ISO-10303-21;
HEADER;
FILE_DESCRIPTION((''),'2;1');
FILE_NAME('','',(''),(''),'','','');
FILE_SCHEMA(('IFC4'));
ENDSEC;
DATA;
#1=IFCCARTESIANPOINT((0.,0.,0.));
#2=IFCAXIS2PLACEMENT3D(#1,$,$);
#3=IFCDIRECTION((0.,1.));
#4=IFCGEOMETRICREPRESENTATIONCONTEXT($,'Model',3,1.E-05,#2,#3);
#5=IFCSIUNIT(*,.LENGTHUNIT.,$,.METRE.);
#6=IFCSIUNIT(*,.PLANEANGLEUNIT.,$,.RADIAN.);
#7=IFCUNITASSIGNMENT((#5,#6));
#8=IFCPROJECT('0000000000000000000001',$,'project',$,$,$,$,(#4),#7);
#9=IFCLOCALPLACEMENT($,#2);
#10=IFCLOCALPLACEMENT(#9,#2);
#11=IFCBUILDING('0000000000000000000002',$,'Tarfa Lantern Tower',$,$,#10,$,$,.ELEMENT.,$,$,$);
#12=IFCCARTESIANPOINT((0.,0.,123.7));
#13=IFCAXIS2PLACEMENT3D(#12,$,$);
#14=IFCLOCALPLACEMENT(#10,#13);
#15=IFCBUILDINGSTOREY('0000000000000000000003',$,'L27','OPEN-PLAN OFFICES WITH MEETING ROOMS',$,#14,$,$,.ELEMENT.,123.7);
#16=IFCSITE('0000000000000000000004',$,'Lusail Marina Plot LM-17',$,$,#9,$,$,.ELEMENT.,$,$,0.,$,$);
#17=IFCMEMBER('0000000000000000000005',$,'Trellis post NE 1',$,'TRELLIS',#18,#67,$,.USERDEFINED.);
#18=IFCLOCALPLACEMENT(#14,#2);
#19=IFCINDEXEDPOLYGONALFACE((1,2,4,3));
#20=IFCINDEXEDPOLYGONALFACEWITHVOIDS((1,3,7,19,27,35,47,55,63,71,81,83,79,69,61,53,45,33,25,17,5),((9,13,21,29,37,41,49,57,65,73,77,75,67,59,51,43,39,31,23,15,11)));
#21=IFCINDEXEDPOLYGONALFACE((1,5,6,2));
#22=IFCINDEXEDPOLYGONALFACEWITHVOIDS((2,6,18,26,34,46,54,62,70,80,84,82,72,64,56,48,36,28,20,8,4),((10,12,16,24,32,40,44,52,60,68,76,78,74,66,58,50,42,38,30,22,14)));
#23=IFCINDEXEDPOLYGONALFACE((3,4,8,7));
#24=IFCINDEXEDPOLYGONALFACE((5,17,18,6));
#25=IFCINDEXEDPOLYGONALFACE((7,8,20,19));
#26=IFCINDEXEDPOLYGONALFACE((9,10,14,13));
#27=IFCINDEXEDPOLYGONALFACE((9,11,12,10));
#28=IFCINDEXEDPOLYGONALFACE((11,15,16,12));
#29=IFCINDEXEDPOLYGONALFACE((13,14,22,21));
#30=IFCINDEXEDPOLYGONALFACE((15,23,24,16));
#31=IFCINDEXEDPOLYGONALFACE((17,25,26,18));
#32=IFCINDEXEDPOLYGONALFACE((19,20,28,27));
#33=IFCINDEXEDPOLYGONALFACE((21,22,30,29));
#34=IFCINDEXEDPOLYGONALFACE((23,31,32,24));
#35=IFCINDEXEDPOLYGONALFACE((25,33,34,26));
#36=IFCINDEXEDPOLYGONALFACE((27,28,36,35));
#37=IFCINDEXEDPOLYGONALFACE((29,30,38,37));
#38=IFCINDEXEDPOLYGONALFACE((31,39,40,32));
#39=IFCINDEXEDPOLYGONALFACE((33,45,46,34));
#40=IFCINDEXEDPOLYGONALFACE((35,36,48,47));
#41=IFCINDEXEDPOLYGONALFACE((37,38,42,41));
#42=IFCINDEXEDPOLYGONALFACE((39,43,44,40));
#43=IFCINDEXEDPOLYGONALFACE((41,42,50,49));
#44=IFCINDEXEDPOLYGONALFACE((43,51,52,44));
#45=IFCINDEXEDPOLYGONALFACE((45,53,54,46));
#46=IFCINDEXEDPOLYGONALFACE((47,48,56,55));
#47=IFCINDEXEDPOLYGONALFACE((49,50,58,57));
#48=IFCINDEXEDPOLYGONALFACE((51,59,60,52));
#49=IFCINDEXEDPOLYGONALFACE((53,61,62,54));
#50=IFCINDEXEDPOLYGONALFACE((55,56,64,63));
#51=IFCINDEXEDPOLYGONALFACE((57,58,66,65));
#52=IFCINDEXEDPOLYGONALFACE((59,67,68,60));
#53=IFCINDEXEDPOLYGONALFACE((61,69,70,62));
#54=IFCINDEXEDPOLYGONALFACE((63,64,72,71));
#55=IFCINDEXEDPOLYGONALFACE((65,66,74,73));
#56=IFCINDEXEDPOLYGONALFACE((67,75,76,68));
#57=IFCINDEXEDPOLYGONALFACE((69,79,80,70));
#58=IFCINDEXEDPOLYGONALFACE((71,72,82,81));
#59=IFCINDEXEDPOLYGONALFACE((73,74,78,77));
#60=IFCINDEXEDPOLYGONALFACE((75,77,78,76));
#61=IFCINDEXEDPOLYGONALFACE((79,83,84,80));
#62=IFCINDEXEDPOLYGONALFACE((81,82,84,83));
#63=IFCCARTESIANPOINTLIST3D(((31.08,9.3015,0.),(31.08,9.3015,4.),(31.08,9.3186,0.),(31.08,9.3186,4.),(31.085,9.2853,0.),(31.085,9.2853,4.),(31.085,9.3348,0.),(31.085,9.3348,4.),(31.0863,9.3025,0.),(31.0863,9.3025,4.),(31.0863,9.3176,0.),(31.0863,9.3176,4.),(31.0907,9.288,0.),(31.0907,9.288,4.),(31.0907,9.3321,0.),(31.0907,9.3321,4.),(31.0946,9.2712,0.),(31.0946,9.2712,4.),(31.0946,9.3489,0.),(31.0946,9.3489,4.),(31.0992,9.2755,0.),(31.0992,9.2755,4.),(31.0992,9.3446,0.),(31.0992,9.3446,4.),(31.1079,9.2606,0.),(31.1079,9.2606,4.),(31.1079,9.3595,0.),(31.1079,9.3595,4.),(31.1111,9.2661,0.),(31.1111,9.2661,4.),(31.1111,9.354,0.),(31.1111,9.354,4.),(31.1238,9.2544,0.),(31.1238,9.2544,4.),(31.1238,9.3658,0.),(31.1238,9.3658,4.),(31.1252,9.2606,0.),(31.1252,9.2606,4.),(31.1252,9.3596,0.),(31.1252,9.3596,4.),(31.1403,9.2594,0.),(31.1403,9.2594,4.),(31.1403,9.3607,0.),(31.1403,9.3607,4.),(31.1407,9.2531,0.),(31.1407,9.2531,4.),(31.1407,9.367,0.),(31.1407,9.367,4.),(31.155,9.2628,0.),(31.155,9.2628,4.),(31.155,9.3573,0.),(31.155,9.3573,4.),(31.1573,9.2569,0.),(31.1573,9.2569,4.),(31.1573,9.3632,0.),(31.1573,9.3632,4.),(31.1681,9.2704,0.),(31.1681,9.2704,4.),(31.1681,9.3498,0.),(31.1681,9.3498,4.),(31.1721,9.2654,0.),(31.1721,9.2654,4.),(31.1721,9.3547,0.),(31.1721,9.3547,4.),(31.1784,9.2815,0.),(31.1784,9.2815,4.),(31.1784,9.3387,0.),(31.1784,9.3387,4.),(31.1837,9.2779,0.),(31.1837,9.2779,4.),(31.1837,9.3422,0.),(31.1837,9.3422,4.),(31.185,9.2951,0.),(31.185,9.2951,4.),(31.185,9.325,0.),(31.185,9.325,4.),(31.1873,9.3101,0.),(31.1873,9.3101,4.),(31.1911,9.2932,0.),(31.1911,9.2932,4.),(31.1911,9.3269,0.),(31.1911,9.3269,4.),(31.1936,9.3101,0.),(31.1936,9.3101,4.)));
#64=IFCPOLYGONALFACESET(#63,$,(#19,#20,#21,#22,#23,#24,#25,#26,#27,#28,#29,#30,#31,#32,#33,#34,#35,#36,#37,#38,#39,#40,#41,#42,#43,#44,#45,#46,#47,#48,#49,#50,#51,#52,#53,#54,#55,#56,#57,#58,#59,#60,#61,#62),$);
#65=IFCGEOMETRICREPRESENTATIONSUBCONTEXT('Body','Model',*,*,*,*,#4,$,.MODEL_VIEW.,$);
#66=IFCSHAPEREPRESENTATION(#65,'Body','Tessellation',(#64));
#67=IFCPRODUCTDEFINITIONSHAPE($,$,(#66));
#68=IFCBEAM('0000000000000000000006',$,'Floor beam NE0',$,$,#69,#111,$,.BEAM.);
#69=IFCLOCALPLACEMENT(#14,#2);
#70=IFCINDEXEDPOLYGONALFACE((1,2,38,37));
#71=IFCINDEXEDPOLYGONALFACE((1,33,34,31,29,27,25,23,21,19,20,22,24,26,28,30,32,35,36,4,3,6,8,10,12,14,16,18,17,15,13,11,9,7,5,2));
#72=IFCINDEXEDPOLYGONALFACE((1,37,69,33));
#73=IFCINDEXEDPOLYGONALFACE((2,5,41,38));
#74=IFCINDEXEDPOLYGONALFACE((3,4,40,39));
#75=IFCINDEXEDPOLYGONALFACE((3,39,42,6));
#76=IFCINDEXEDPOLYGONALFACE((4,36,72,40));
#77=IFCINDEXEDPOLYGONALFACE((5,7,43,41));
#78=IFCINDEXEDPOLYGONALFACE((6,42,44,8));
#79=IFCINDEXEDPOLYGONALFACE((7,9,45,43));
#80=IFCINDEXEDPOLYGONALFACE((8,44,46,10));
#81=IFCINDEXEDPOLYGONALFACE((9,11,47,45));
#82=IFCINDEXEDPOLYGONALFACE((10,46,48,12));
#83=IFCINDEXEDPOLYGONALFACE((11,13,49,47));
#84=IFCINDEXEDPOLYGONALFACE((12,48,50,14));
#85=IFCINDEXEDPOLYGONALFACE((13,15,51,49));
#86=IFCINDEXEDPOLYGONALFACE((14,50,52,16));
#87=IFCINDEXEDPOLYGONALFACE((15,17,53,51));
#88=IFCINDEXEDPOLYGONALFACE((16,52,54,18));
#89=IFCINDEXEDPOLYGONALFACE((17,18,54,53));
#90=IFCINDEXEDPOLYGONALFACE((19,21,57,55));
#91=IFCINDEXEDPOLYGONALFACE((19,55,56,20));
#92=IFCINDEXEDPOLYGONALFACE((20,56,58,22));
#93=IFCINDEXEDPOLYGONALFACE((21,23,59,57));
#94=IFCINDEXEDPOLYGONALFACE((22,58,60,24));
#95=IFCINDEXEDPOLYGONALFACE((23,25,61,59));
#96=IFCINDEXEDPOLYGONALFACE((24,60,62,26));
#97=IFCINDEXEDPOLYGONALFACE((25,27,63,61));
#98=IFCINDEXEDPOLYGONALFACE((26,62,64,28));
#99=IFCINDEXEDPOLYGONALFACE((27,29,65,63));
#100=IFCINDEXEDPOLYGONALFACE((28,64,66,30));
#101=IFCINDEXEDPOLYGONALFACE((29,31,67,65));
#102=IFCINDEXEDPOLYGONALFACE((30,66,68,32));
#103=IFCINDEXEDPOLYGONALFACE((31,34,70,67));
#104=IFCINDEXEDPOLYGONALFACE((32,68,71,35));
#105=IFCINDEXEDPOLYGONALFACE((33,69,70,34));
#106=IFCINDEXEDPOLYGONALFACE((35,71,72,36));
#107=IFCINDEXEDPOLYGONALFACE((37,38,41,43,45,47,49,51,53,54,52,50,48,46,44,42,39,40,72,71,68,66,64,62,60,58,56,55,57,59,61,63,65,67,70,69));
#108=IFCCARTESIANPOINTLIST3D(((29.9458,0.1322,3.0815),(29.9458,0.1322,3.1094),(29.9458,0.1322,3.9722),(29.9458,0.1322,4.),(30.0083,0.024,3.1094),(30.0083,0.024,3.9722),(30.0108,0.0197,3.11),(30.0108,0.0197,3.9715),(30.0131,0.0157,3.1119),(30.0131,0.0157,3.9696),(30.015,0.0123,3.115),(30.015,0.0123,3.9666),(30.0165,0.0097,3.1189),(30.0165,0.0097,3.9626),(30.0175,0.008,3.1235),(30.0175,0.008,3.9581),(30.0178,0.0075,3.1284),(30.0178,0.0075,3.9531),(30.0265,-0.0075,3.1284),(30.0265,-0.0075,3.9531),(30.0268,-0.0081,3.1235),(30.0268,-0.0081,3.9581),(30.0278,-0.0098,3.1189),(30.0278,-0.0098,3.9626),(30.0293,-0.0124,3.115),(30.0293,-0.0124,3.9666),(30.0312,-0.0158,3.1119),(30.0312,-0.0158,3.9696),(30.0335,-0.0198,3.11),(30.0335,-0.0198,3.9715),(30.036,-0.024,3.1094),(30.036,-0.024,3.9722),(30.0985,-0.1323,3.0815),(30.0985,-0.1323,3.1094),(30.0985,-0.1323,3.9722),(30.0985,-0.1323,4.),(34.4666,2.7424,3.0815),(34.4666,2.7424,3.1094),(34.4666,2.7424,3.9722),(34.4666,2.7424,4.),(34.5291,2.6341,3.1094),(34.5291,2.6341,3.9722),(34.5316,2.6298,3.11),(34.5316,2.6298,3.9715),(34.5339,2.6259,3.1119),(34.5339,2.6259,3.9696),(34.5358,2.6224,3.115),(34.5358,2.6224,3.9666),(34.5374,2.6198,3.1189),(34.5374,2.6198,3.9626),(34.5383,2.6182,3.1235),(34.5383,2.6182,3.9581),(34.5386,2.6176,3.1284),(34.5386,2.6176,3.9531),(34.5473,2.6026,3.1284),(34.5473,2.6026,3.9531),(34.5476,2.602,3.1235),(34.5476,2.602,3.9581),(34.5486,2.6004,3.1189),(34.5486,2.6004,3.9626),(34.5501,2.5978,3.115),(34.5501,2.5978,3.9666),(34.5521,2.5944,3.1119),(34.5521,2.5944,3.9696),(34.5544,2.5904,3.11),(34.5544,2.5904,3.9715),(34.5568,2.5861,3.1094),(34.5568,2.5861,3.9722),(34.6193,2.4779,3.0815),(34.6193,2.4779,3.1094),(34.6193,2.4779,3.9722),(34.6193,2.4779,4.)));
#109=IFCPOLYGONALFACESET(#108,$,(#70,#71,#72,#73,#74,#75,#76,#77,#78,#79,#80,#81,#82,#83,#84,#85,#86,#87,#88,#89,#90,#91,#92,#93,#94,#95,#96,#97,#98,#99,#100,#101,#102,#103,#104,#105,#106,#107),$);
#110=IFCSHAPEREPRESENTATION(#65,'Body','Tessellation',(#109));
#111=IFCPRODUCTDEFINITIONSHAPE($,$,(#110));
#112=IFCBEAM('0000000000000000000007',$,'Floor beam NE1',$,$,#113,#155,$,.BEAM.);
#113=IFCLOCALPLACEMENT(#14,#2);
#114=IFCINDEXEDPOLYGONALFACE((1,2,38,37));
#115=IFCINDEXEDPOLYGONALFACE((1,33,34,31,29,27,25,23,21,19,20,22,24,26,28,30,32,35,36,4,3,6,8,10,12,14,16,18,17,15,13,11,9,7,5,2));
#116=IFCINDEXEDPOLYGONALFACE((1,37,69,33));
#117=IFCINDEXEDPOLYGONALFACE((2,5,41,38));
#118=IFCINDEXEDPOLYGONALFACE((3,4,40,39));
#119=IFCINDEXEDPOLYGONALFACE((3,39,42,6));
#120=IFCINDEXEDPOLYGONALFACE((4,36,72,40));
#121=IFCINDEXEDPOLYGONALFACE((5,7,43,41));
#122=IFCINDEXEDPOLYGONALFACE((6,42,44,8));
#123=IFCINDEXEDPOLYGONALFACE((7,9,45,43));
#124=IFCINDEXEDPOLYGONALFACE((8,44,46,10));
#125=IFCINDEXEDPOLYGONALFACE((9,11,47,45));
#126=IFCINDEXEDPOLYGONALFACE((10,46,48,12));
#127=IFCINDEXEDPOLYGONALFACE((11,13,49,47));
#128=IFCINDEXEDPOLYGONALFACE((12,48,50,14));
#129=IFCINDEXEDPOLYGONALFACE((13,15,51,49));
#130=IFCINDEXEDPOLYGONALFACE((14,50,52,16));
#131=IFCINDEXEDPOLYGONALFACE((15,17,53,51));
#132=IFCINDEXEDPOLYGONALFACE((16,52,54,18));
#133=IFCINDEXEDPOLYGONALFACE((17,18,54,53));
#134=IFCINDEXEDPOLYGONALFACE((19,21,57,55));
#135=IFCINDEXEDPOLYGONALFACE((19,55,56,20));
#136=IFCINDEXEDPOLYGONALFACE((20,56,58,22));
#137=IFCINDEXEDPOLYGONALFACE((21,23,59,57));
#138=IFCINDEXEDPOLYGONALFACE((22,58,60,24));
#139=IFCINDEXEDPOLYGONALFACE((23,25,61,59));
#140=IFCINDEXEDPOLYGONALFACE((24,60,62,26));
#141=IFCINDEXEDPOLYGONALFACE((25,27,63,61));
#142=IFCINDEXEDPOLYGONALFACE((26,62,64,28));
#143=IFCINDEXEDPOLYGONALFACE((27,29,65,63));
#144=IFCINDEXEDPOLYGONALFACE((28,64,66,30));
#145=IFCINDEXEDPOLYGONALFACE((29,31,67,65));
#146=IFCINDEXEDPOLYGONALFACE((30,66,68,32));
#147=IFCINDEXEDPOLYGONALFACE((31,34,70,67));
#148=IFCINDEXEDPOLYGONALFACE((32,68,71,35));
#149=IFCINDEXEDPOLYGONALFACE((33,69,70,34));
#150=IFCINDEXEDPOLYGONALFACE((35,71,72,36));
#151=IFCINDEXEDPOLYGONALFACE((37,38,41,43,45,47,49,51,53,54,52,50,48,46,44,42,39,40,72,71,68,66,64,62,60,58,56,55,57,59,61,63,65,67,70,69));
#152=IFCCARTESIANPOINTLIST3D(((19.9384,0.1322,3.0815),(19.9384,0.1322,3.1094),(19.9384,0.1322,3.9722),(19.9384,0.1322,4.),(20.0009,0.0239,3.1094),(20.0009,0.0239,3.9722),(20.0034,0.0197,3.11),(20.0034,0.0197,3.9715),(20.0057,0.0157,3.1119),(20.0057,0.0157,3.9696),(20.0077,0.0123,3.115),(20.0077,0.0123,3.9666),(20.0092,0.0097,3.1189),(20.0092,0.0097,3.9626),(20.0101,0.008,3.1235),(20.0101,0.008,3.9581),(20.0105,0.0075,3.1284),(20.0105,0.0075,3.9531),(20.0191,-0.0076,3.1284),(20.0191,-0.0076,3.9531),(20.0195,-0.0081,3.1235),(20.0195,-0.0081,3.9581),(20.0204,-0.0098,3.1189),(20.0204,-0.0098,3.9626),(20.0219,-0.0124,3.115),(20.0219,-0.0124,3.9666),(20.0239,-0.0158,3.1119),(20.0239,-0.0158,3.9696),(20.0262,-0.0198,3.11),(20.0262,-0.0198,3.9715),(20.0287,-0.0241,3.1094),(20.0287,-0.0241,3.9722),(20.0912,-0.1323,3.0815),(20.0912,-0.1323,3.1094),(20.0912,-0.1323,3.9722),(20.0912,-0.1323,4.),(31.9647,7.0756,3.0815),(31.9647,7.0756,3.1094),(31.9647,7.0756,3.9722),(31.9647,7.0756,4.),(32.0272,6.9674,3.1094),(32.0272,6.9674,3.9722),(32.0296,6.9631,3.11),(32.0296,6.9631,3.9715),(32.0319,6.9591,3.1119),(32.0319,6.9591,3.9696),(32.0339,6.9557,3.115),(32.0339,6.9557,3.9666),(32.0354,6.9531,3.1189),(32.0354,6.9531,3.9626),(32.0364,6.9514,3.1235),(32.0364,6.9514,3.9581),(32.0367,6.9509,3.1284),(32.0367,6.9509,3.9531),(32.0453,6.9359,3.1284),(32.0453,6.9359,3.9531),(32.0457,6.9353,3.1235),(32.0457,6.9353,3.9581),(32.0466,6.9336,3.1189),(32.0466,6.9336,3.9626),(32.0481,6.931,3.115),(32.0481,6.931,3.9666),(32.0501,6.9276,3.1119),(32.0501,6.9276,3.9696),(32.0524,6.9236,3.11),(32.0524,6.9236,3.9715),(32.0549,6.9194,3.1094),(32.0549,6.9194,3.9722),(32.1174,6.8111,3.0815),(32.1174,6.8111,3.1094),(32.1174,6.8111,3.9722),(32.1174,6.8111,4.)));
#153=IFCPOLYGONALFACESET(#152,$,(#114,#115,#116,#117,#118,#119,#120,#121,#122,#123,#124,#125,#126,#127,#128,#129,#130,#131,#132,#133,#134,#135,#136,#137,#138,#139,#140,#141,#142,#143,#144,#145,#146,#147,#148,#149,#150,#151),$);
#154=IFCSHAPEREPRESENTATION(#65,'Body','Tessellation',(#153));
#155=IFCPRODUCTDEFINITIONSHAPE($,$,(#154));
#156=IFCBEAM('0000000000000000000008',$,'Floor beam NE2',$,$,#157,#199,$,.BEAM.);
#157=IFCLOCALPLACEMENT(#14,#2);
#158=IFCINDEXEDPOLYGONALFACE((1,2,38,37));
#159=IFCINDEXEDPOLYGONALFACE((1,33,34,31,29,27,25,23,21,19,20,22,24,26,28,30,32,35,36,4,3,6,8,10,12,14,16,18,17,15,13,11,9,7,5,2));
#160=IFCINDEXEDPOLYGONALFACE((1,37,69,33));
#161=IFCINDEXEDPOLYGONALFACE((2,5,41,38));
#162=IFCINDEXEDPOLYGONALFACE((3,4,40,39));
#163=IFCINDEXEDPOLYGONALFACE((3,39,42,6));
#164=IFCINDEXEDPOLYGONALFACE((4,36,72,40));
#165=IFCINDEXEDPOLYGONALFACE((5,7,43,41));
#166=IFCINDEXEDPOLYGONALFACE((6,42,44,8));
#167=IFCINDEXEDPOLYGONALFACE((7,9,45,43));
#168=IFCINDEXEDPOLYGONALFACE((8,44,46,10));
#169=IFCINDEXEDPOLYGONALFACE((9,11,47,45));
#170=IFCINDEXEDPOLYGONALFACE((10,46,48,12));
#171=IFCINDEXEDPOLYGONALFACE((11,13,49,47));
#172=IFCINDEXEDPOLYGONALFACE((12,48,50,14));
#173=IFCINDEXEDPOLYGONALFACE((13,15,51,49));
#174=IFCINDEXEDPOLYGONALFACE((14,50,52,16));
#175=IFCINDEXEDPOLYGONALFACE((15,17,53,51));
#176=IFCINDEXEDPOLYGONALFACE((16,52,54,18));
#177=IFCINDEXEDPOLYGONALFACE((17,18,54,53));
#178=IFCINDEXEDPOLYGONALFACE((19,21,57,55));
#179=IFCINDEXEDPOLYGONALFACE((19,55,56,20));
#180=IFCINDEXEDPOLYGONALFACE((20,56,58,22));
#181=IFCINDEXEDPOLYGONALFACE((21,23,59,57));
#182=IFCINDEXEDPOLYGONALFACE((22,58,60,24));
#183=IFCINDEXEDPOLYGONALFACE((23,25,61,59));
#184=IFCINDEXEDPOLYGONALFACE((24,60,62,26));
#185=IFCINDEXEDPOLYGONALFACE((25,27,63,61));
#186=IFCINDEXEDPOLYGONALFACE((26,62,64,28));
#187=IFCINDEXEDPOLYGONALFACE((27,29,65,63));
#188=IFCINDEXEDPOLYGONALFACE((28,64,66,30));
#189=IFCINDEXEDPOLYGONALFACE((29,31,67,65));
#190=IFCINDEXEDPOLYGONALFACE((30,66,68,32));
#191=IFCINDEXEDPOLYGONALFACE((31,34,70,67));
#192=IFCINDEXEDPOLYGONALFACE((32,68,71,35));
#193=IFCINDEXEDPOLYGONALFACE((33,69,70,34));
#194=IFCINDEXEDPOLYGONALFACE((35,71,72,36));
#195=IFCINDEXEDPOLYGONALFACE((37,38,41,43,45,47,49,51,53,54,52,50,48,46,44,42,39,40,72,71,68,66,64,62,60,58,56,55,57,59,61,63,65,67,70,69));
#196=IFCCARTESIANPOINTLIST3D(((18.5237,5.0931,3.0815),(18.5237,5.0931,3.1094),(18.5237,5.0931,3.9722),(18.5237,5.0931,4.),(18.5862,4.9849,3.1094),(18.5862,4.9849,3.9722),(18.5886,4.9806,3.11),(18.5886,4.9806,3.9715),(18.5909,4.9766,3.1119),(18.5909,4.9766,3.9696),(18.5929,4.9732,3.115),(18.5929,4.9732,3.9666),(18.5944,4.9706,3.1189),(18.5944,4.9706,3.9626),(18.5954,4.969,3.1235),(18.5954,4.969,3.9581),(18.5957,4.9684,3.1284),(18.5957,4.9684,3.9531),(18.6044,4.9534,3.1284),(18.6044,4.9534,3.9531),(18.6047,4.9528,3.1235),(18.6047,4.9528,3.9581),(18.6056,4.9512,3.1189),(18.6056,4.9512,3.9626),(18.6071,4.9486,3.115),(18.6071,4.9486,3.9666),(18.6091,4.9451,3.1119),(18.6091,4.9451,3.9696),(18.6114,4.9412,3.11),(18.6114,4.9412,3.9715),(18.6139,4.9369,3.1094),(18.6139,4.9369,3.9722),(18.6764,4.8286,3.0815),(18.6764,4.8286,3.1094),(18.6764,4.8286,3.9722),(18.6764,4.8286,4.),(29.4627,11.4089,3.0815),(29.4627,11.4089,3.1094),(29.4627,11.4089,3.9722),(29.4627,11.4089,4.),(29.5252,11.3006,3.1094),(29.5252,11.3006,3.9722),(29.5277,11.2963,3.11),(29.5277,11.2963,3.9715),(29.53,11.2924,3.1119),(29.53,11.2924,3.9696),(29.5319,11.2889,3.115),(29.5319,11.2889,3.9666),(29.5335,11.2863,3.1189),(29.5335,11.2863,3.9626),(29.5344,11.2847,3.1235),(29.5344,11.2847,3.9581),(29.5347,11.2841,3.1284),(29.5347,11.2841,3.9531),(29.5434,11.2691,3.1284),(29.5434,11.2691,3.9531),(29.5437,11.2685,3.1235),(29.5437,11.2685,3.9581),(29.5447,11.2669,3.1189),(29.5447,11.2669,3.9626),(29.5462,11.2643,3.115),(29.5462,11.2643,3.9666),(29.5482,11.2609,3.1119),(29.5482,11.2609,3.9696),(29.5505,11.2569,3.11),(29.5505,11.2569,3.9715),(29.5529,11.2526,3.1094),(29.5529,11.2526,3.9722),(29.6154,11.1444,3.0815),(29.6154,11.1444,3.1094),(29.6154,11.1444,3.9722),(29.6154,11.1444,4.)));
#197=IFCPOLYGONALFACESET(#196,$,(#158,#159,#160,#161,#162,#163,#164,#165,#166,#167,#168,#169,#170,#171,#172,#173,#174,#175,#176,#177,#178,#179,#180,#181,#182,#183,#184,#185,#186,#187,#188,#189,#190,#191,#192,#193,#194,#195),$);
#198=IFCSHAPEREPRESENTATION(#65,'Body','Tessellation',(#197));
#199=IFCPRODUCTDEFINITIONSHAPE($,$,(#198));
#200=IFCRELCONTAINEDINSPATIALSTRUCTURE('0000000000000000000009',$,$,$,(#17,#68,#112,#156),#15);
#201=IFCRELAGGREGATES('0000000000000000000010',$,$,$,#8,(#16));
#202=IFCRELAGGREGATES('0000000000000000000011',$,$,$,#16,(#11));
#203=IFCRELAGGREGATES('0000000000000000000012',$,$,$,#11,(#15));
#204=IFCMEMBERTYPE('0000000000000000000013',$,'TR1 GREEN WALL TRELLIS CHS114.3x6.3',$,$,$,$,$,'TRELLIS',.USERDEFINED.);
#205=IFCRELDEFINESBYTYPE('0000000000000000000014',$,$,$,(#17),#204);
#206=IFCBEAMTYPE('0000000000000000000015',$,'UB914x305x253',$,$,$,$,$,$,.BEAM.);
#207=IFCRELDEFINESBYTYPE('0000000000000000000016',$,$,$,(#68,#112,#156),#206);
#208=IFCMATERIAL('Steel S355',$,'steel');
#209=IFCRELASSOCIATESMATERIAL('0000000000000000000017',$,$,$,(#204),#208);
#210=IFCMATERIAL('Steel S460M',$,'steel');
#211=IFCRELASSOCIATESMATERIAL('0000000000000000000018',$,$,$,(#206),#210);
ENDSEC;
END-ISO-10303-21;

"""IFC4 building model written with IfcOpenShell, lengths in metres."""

from ifc_helpers import new_model, si_unit, direction, frame, origin, origin_2d, place, context, subcontext, project, spatial, hollow_circle, i_section, extrude, material, material_profile, profile_set, type_object, element, save


model = new_model("IFC4")

# Units and contexts
model_context = context("Model", 3, precision=1e-05, world=origin(), true_north=direction((0.0, 1.0)))
body_context = subcontext(model_context, "Body", "Model", "MODEL_VIEW")
ifc_project = project(units=[si_unit("LENGTHUNIT", "METRE"), si_unit("PLANEANGLEUNIT", "RADIAN")], contexts=[model_context])

# Site, building, storey
site_placement = place(None, origin())
site = spatial("IfcSite", under=ifc_project, at=site_placement, Name="Lusail Marina Plot LM-17", CompositionType="ELEMENT", RefElevation=0.0)
building_placement = place(site_placement, origin())
building = spatial("IfcBuilding", under=site, at=building_placement, Name="Tarfa Lantern Tower", CompositionType="ELEMENT")
storey_placement = place(building_placement, frame((0.0, 0.0, 123.7)))
storey = spatial("IfcBuildingStorey", under=building, at=storey_placement, Name="L27", Description="OPEN-PLAN OFFICES WITH MEETING ROOMS", CompositionType="ELEMENT", Elevation=123.7)

# Member
ifc_material_1 = material(Name="Steel S355", Category="steel")
ifc_material_profile_1 = material_profile(ifc_material_1, hollow_circle(Radius=0.0571, WallThickness=0.0063, at=origin_2d()), Name="CHS114.3x6.3")
ifc_profile_set_1 = profile_set([ifc_material_profile_1], Name="Steel S355")
member_type_1 = type_object("IfcMemberType", Name="TR1 GREEN WALL TRELLIS CHS114.3x6.3", ElementType="TRELLIS", PredefinedType="USERDEFINED", material=ifc_profile_set_1)
member_1_placement = place(storey_placement, frame((31.1365, 9.3101, 0.0), z_axis=(0.0, 0.0, 1.0), x_axis=(1.0, 0.0, 0.0)))
element("IfcMember", 1, at=member_1_placement, inside=storey, type_object=member_type_1, Name="Trellis post NE 1", ObjectType="TRELLIS", PredefinedType="USERDEFINED", context=body_context, shape_type="SweptSolid", body=[
    extrude(hollow_circle(Radius=0.0571, WallThickness=0.0063, at=origin_2d()), origin(), (0.0, 0.0, 1.0), 4.0),
])

# Beams
ifc_material_2 = material(Name="Steel S460M", Category="steel")
ifc_material_profile_2 = material_profile(ifc_material_2, i_section(OverallWidth=0.3054, OverallDepth=0.9185, WebThickness=0.0173, FlangeThickness=0.0278, FilletRadius=0.019, at=origin_2d()), Name="UB914x305x253")
ifc_profile_set_2 = profile_set([ifc_material_profile_2], Name="Steel S460M")
beam_type_1 = type_object("IfcBeamType", Name="UB914x305x253", PredefinedType="BEAM", material=ifc_profile_set_2)
beam_1_placement = place(storey_placement, frame((34.543, 2.6101, 3.5408), z_axis=(-0.866021, -0.500007, 0.0), x_axis=(0.500007, -0.866021, 0.0)))
element("IfcBeam", 2, at=beam_1_placement, inside=storey, type_object=beam_type_1, Name="Floor beam NE0", PredefinedType="BEAM", context=body_context, shape_type="SweptSolid", body=[
    extrude(i_section(OverallWidth=0.3054, OverallDepth=0.9185, WebThickness=0.0173, FlangeThickness=0.0278, FilletRadius=0.019, at=origin_2d()), origin(), (0.0, 0.0, 1.0), 5.2202),
])
beam_2_placement = place(storey_placement, frame((32.041, 6.9434, 3.5408), z_axis=(-0.866023, -0.500004, 0.0), x_axis=(0.500004, -0.866023, 0.0)))
element("IfcBeam", 3, at=beam_2_placement, inside=storey, type_object=beam_type_1, Name="Floor beam NE1", PredefinedType="BEAM", context=body_context, shape_type="SweptSolid", body=[
    extrude(i_section(OverallWidth=0.3054, OverallDepth=0.9185, WebThickness=0.0173, FlangeThickness=0.0278, FilletRadius=0.019, at=origin_2d()), origin(), (0.0, 0.0, 1.0), 13.8867),
])
beam_3_placement = place(storey_placement, frame((29.5391, 11.2766, 3.5408), z_axis=(-0.866023, -0.500004, 0.0), x_axis=(0.500004, -0.866023, 0.0)))
element("IfcBeam", 4, at=beam_3_placement, inside=storey, type_object=beam_type_1, Name="Floor beam NE2", PredefinedType="BEAM", context=body_context, shape_type="SweptSolid", body=[
    extrude(i_section(OverallWidth=0.3054, OverallDepth=0.9185, WebThickness=0.0173, FlangeThickness=0.0278, FilletRadius=0.019, at=origin_2d()), origin(), (0.0, 0.0, 1.0), 12.6313),
])

save(model, "model.ifc")
